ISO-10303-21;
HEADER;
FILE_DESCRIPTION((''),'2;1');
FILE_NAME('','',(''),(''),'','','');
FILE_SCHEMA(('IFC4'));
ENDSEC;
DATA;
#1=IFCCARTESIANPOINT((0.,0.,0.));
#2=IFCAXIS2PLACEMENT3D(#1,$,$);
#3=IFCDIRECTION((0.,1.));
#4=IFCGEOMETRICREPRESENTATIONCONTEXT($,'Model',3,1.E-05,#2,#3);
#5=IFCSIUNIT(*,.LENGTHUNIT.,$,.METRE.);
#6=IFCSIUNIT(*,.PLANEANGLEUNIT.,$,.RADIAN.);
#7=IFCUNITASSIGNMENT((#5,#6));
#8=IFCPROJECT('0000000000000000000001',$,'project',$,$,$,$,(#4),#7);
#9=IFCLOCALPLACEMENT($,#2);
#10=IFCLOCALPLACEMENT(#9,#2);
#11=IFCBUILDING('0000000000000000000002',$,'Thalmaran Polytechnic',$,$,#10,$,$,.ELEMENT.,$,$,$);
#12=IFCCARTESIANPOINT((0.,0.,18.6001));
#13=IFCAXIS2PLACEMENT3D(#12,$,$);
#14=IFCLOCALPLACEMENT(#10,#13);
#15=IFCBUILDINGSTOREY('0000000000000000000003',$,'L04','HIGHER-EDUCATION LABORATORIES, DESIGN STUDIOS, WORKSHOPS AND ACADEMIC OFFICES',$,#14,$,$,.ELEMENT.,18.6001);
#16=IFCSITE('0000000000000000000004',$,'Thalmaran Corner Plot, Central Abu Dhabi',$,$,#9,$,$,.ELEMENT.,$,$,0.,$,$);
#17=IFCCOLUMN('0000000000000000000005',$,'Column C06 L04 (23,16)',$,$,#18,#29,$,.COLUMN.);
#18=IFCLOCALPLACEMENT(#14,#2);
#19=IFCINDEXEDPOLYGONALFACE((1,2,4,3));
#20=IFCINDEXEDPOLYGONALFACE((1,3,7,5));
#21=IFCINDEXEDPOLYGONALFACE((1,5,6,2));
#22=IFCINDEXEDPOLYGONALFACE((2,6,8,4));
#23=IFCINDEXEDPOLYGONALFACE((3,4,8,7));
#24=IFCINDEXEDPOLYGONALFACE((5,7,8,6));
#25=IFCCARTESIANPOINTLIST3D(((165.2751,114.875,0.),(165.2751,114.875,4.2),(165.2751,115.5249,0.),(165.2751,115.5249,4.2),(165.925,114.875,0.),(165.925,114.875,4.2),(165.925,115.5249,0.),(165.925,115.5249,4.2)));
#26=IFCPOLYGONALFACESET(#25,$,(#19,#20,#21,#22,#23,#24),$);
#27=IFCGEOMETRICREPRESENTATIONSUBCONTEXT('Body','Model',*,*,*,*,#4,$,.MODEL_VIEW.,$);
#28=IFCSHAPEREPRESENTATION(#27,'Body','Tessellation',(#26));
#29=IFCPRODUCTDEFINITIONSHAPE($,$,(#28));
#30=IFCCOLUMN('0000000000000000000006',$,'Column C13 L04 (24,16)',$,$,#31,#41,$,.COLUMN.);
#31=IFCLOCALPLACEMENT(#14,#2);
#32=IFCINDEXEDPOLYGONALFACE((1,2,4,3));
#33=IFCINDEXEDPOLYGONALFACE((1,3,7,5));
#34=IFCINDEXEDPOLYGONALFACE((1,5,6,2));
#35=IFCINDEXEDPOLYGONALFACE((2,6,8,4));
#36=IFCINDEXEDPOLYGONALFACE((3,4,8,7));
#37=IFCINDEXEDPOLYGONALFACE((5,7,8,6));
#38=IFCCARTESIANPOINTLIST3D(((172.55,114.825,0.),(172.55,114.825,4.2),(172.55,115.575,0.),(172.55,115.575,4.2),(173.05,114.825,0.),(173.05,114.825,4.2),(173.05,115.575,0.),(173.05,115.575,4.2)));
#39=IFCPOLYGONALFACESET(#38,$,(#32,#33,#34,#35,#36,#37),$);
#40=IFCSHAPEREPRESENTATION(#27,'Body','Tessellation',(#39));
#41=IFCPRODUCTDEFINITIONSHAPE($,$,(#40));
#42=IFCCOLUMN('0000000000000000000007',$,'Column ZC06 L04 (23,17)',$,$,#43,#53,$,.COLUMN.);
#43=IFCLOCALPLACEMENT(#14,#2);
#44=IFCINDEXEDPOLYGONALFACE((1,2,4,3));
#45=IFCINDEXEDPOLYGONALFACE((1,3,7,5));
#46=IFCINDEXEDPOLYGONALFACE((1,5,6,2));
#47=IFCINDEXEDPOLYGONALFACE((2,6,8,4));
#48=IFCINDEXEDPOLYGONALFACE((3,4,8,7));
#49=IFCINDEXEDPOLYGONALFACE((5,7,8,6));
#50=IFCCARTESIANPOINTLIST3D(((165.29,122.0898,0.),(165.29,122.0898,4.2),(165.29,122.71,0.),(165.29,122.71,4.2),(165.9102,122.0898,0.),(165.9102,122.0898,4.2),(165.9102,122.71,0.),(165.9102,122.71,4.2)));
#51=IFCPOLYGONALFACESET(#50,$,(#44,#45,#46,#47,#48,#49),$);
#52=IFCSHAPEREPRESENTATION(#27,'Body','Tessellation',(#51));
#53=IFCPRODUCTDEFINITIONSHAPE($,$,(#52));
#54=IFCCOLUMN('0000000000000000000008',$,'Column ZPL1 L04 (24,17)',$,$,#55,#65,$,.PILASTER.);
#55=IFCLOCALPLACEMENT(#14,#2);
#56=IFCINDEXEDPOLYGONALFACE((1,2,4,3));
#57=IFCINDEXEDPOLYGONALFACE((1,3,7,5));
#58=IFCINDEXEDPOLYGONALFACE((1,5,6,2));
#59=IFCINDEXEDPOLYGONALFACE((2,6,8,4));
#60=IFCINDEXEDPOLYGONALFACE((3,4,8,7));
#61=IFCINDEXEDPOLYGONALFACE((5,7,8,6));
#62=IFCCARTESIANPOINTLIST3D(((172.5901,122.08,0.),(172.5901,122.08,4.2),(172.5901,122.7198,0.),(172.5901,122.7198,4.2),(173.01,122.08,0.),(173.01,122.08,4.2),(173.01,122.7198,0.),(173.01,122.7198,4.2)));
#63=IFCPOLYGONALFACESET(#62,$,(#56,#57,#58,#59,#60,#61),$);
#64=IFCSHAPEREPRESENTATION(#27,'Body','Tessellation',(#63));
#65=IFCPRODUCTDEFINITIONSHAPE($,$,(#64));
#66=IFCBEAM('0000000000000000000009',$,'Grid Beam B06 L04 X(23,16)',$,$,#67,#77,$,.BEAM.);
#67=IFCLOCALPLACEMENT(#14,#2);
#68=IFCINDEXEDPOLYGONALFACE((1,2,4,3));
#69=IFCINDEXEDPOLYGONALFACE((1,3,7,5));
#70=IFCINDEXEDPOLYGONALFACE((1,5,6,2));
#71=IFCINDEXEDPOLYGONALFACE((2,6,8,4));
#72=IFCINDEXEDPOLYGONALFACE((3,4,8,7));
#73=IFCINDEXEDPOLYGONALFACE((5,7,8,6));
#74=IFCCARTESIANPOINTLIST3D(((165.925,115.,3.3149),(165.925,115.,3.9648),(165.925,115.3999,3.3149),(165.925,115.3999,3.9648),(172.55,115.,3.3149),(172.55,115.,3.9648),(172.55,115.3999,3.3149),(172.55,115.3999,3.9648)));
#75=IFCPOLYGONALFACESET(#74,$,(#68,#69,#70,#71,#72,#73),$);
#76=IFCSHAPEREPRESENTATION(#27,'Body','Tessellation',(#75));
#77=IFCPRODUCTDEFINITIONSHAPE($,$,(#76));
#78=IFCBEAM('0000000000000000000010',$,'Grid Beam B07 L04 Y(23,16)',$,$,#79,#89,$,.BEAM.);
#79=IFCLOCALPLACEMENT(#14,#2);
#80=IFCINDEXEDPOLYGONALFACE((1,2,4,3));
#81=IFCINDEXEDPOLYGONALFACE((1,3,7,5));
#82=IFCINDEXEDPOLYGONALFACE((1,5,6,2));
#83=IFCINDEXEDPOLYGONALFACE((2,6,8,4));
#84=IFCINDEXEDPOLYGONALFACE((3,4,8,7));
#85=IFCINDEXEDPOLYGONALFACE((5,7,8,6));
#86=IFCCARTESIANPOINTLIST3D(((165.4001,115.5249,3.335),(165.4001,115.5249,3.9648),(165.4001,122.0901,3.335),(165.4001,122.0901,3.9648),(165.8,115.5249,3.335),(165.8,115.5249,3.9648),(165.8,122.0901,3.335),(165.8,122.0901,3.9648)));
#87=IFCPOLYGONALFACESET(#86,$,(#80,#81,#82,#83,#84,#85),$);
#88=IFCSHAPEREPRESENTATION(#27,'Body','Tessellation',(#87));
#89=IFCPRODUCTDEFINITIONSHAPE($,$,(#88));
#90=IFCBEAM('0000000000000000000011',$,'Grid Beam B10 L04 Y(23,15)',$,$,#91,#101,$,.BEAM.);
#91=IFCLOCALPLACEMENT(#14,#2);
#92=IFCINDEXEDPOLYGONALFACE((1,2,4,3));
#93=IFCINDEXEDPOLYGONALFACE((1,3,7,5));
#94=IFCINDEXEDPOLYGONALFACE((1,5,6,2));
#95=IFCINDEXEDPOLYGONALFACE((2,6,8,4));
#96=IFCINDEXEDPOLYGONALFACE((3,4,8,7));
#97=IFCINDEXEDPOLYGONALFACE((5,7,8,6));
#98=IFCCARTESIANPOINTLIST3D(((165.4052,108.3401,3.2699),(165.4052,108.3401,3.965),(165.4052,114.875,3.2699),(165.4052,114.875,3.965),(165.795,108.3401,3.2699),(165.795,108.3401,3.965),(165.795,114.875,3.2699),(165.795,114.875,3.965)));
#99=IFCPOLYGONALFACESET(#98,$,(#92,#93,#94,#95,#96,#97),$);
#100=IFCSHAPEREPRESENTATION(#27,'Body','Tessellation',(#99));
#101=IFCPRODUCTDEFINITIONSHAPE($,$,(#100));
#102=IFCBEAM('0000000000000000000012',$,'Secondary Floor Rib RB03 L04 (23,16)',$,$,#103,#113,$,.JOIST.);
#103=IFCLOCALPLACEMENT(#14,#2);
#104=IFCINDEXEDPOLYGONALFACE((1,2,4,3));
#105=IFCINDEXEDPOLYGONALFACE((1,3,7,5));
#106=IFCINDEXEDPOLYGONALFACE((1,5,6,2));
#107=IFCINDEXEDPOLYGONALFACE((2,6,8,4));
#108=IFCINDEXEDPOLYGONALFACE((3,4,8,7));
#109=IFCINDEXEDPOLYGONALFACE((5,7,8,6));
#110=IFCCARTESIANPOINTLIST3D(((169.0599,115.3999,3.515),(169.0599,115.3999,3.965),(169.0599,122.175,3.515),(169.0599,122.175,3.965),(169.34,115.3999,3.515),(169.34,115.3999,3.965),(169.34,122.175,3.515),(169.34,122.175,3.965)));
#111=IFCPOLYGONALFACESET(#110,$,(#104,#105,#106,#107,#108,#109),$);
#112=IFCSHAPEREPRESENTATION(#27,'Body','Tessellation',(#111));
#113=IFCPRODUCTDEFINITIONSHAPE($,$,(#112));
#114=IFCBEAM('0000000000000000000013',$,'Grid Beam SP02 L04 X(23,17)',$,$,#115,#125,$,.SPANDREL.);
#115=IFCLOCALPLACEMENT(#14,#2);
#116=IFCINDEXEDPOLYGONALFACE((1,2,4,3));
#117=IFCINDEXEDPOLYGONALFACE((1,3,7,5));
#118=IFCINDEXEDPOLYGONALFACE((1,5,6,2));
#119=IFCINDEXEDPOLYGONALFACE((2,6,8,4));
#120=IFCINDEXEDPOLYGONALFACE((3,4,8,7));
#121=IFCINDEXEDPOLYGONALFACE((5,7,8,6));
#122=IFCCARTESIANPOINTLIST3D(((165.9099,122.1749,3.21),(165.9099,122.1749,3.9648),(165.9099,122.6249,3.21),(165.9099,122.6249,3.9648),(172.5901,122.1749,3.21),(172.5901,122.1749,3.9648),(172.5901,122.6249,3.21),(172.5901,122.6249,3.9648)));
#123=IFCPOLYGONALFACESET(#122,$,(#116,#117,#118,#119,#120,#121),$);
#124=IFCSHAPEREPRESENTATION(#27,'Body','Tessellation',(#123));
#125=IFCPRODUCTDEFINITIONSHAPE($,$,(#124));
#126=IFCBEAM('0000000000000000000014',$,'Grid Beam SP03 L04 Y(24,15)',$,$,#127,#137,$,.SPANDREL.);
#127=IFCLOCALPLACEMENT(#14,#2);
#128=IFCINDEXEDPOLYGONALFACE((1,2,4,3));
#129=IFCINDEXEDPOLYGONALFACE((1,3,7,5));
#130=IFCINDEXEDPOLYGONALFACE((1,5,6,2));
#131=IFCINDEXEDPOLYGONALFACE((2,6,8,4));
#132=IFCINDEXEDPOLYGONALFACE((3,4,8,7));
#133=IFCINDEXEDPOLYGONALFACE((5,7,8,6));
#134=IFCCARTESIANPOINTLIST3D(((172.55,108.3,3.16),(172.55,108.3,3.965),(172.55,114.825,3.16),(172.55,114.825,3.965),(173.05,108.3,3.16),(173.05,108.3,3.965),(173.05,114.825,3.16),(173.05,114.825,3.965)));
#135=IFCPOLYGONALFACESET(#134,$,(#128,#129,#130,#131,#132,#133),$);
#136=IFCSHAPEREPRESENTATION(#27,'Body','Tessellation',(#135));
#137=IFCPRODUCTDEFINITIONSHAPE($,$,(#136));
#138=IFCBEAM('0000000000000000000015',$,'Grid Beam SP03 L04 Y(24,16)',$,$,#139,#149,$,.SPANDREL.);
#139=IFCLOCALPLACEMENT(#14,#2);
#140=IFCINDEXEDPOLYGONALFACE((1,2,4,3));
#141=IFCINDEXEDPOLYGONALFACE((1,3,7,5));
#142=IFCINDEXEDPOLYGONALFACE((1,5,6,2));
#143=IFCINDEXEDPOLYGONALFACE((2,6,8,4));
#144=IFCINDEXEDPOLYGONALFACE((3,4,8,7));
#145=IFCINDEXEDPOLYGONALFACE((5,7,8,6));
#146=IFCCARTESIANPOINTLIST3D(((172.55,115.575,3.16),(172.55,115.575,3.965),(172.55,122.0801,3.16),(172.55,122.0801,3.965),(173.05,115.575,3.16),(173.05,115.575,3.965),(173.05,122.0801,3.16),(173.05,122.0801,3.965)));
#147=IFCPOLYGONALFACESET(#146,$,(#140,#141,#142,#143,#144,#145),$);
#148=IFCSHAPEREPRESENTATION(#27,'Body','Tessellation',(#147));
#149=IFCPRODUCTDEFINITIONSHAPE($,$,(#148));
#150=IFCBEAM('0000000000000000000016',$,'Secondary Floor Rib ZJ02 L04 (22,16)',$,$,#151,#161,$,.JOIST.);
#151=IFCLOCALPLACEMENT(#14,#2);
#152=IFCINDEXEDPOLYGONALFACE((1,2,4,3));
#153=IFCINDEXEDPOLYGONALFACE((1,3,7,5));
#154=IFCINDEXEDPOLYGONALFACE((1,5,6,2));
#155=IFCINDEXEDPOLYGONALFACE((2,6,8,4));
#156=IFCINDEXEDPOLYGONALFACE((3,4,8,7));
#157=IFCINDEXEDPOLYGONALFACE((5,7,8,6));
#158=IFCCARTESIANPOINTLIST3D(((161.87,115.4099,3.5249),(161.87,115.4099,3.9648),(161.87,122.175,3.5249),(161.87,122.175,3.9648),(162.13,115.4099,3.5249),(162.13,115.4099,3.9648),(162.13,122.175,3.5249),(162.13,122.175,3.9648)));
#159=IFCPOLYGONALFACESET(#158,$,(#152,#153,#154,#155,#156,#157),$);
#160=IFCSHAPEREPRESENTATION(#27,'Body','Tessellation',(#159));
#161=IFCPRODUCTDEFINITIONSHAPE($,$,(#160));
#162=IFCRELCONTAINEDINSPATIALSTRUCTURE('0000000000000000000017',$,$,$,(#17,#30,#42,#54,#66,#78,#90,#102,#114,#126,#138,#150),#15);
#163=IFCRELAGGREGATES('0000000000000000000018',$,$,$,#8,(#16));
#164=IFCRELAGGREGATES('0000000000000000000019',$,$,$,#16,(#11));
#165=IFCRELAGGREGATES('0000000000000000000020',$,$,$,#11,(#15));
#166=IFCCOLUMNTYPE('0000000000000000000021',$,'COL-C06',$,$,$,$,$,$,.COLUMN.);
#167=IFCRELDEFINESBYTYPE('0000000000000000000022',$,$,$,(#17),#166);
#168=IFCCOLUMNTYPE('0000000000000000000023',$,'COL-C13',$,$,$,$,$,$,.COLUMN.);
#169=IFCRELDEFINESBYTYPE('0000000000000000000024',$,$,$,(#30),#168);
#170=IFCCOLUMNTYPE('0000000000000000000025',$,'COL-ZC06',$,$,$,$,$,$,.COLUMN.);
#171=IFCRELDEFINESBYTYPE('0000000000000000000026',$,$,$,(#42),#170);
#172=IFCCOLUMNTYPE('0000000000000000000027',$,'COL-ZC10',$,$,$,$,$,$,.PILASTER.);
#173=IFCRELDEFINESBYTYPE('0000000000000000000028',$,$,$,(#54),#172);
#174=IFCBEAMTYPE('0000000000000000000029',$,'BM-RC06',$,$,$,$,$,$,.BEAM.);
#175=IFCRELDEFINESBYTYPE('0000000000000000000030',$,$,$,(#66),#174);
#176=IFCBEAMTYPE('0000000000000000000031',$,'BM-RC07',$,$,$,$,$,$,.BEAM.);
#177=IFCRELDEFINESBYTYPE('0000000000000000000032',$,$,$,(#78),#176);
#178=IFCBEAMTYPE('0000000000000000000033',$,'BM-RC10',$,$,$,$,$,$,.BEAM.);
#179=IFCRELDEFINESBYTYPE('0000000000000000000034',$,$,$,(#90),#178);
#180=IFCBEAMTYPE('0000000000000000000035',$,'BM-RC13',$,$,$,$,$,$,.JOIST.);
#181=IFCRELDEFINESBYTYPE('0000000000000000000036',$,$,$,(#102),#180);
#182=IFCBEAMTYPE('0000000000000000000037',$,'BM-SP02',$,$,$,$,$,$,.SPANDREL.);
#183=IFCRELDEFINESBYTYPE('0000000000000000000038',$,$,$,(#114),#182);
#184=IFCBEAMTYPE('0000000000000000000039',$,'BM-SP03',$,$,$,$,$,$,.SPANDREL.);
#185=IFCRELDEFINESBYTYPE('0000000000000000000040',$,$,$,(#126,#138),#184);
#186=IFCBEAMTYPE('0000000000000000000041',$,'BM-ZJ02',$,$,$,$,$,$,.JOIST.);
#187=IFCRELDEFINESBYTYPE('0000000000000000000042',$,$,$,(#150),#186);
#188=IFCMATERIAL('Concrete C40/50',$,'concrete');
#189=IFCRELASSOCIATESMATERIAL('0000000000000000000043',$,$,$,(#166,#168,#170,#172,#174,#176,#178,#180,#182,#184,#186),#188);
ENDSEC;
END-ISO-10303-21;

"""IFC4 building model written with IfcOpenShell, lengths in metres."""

from ifc_helpers import new_model, si_unit, direction, frame, origin, origin_2d, place, context, subcontext, project, spatial, rectangle, extrude, material, material_profile, profile_set, type_object, element, save


model = new_model("IFC4")

# Units and contexts
model_context = context("Model", 3, precision=1e-05, world=origin(), true_north=direction((0.0, 1.0)))
body_context = subcontext(model_context, "Body", "Model", "MODEL_VIEW")
ifc_project = project(units=[si_unit("LENGTHUNIT", "METRE"), si_unit("PLANEANGLEUNIT", "RADIAN")], contexts=[model_context])

# Site, building, storey
site_placement = place(None, origin())
site = spatial("IfcSite", under=ifc_project, at=site_placement, Name="Thalmaran Corner Plot, Central Abu Dhabi", CompositionType="ELEMENT", RefElevation=0.0)
building_placement = place(site_placement, origin())
building = spatial("IfcBuilding", under=site, at=building_placement, Name="Thalmaran Polytechnic", CompositionType="ELEMENT")
storey_placement = place(building_placement, frame((0.0, 0.0, 18.6001)))
storey = spatial("IfcBuildingStorey", under=building, at=storey_placement, Name="L04", Description="HIGHER-EDUCATION LABORATORIES, DESIGN STUDIOS, WORKSHOPS AND ACADEMIC OFFICES", CompositionType="ELEMENT", Elevation=18.6001)

# Columns
ifc_material_1 = material(Name="Concrete C40/50", Category="concrete")
ifc_material_profile_1 = material_profile(ifc_material_1, rectangle(XDim=0.6499, YDim=0.6499, at=origin_2d()), Name="RC 650x650")
ifc_profile_set_1 = profile_set([ifc_material_profile_1], Name="Concrete C40/50")
column_type_1 = type_object("IfcColumnType", Name="COL-C06", PredefinedType="COLUMN", material=ifc_profile_set_1)
column_1_placement = place(storey_placement, frame((165.6001, 115.2, 0.0), z_axis=(0.0, 0.0, 1.0), x_axis=(1.0, 0.0, 0.0)))
element("IfcColumn", 1, at=column_1_placement, inside=storey, type_object=column_type_1, Name="Column C06 L04 (23,16)", PredefinedType="COLUMN", context=body_context, shape_type="SweptSolid", body=[
    extrude(rectangle(XDim=0.6499, YDim=0.6499, at=origin_2d()), origin(), (0.0, 0.0, 1.0), 4.2),
])
ifc_material_profile_2 = material_profile(ifc_material_1, rectangle(XDim=0.5, YDim=0.75, at=origin_2d()), Name="RC 500x750")
ifc_profile_set_2 = profile_set([ifc_material_profile_2], Name="Concrete C40/50")
column_type_2 = type_object("IfcColumnType", Name="COL-C13", PredefinedType="COLUMN", material=ifc_profile_set_2)
column_2_placement = place(storey_placement, frame((172.8, 115.2, 0.0), z_axis=(0.0, 0.0, 1.0), x_axis=(1.0, 0.0, 0.0)))
element("IfcColumn", 2, at=column_2_placement, inside=storey, type_object=column_type_2, Name="Column C13 L04 (24,16)", PredefinedType="COLUMN", context=body_context, shape_type="SweptSolid", body=[
    extrude(rectangle(XDim=0.5, YDim=0.75, at=origin_2d()), origin(), (0.0, 0.0, 1.0), 4.2),
])
ifc_material_profile_3 = material_profile(ifc_material_1, rectangle(XDim=0.6201, YDim=0.6201, at=origin_2d()), Name="RC 620x620")
ifc_profile_set_3 = profile_set([ifc_material_profile_3], Name="Concrete C40/50")
column_type_3 = type_object("IfcColumnType", Name="COL-ZC06", PredefinedType="COLUMN", material=ifc_profile_set_3)
column_3_placement = place(storey_placement, frame((165.6001, 122.3999, 0.0), z_axis=(0.0, 0.0, 1.0), x_axis=(1.0, 0.0, 0.0)))
element("IfcColumn", 3, at=column_3_placement, inside=storey, type_object=column_type_3, Name="Column ZC06 L04 (23,17)", PredefinedType="COLUMN", context=body_context, shape_type="SweptSolid", body=[
    extrude(rectangle(XDim=0.6201, YDim=0.6201, at=origin_2d()), origin(), (0.0, 0.0, 1.0), 4.2),
])
ifc_material_profile_4 = material_profile(ifc_material_1, rectangle(XDim=0.4199, YDim=0.6399, at=origin_2d()), Name="RC 420x640")
ifc_profile_set_4 = profile_set([ifc_material_profile_4], Name="Concrete C40/50")
column_type_4 = type_object("IfcColumnType", Name="COL-ZC10", PredefinedType="PILASTER", material=ifc_profile_set_4)
column_4_placement = place(storey_placement, frame((172.8, 122.3999, 0.0), z_axis=(0.0, 0.0, 1.0), x_axis=(1.0, 0.0, 0.0)))
element("IfcColumn", 4, at=column_4_placement, inside=storey, type_object=column_type_4, Name="Column ZPL1 L04 (24,17)", PredefinedType="PILASTER", context=body_context, shape_type="SweptSolid", body=[
    extrude(rectangle(XDim=0.4199, YDim=0.6399, at=origin_2d()), origin(), (0.0, 0.0, 1.0), 4.2),
])

# Beams
ifc_material_profile_5 = material_profile(ifc_material_1, rectangle(XDim=0.3999, YDim=0.6499, at=origin_2d()), Name="RC 400x650")
ifc_profile_set_5 = profile_set([ifc_material_profile_5], Name="Concrete C40/50")
beam_type_1 = type_object("IfcBeamType", Name="BM-RC06", PredefinedType="BEAM", material=ifc_profile_set_5)
beam_1_placement = place(storey_placement, frame((165.925, 115.2, 3.6399), z_axis=(1.0, 0.0, 0.0), x_axis=(0.0, 1.0, 0.0)))
element("IfcBeam", 5, at=beam_1_placement, inside=storey, type_object=beam_type_1, Name="Grid Beam B06 L04 X(23,16)", PredefinedType="BEAM", context=body_context, shape_type="SweptSolid", body=[
    extrude(rectangle(XDim=0.3999, YDim=0.6499, at=origin_2d()), origin(), (0.0, 0.0, 1.0), 6.625),
])
ifc_material_profile_6 = material_profile(ifc_material_1, rectangle(XDim=0.3999, YDim=0.6299, at=origin_2d()), Name="RC 400x630")
ifc_profile_set_6 = profile_set([ifc_material_profile_6], Name="Concrete C40/50")
beam_type_2 = type_object("IfcBeamType", Name="BM-RC07", PredefinedType="BEAM", material=ifc_profile_set_6)
beam_2_placement = place(storey_placement, frame((165.6001, 115.5249, 3.6499), z_axis=(0.0, 1.0, 0.0), x_axis=(-1.0, 0.0, 0.0)))
element("IfcBeam", 6, at=beam_2_placement, inside=storey, type_object=beam_type_2, Name="Grid Beam B07 L04 Y(23,16)", PredefinedType="BEAM", context=body_context, shape_type="SweptSolid", body=[
    extrude(rectangle(XDim=0.3999, YDim=0.6299, at=origin_2d()), origin(), (0.0, 0.0, 1.0), 6.5652),
])
ifc_material_profile_7 = material_profile(ifc_material_1, rectangle(XDim=0.3899, YDim=0.6951, at=origin_2d()), Name="RC 390x695")
ifc_profile_set_7 = profile_set([ifc_material_profile_7], Name="Concrete C40/50")
beam_type_3 = type_object("IfcBeamType", Name="BM-RC10", PredefinedType="BEAM", material=ifc_profile_set_7)
beam_3_placement = place(storey_placement, frame((165.6001, 108.3401, 3.6174), z_axis=(0.0, 1.0, 0.0), x_axis=(-1.0, 0.0, 0.0)))
element("IfcBeam", 7, at=beam_3_placement, inside=storey, type_object=beam_type_3, Name="Grid Beam B10 L04 Y(23,15)", PredefinedType="BEAM", context=body_context, shape_type="SweptSolid", body=[
    extrude(rectangle(XDim=0.3899, YDim=0.6951, at=origin_2d()), origin(), (0.0, 0.0, 1.0), 6.5349),
])
ifc_material_profile_8 = material_profile(ifc_material_1, rectangle(XDim=0.28, YDim=0.45, at=origin_2d()), Name="RC 280x450")
ifc_profile_set_8 = profile_set([ifc_material_profile_8], Name="Concrete C40/50")
beam_type_4 = type_object("IfcBeamType", Name="BM-RC13", PredefinedType="JOIST", material=ifc_profile_set_8)
beam_4_placement = place(storey_placement, frame((169.2, 115.3999, 3.74), z_axis=(0.0, 1.0, 0.0), x_axis=(-1.0, 0.0, 0.0)))
element("IfcBeam", 8, at=beam_4_placement, inside=storey, type_object=beam_type_4, Name="Secondary Floor Rib RB03 L04 (23,16)", PredefinedType="JOIST", context=body_context, shape_type="SweptSolid", body=[
    extrude(rectangle(XDim=0.28, YDim=0.45, at=origin_2d()), origin(), (0.0, 0.0, 1.0), 6.7751),
])
ifc_material_profile_9 = material_profile(ifc_material_1, rectangle(XDim=0.45, YDim=0.7549, at=origin_2d()), Name="RC 450x755")
ifc_profile_set_9 = profile_set([ifc_material_profile_9], Name="Concrete C40/50")
beam_type_5 = type_object("IfcBeamType", Name="BM-SP02", PredefinedType="SPANDREL", material=ifc_profile_set_9)
beam_5_placement = place(storey_placement, frame((165.9099, 122.3999, 3.5874), z_axis=(1.0, 0.0, 0.0), x_axis=(0.0, 1.0, 0.0)))
element("IfcBeam", 9, at=beam_5_placement, inside=storey, type_object=beam_type_5, Name="Grid Beam SP02 L04 X(23,17)", PredefinedType="SPANDREL", context=body_context, shape_type="SweptSolid", body=[
    extrude(rectangle(XDim=0.45, YDim=0.7549, at=origin_2d()), origin(), (0.0, 0.0, 1.0), 6.6802),
])
ifc_material_profile_10 = material_profile(ifc_material_1, rectangle(XDim=0.5, YDim=0.8049, at=origin_2d()), Name="RC 500x805")
ifc_profile_set_10 = profile_set([ifc_material_profile_10], Name="Concrete C40/50")
beam_type_6 = type_object("IfcBeamType", Name="BM-SP03", PredefinedType="SPANDREL", material=ifc_profile_set_10)
beam_6_placement = place(storey_placement, frame((172.8, 108.3, 3.5625), z_axis=(0.0, 1.0, 0.0), x_axis=(-1.0, 0.0, 0.0)))
element("IfcBeam", 10, at=beam_6_placement, inside=storey, type_object=beam_type_6, Name="Grid Beam SP03 L04 Y(24,15)", PredefinedType="SPANDREL", context=body_context, shape_type="SweptSolid", body=[
    extrude(rectangle(XDim=0.5, YDim=0.8049, at=origin_2d()), origin(), (0.0, 0.0, 1.0), 6.5249),
])
beam_7_placement = place(storey_placement, frame((172.8, 115.575, 3.5625), z_axis=(0.0, 1.0, 0.0), x_axis=(-1.0, 0.0, 0.0)))
element("IfcBeam", 11, at=beam_7_placement, inside=storey, type_object=beam_type_6, Name="Grid Beam SP03 L04 Y(24,16)", PredefinedType="SPANDREL", context=body_context, shape_type="SweptSolid", body=[
    extrude(rectangle(XDim=0.5, YDim=0.8049, at=origin_2d()), origin(), (0.0, 0.0, 1.0), 6.5051),
])
ifc_material_profile_11 = material_profile(ifc_material_1, rectangle(XDim=0.26, YDim=0.4399, at=origin_2d()), Name="RC 260x440")
ifc_profile_set_11 = profile_set([ifc_material_profile_11], Name="Concrete C40/50")
beam_type_7 = type_object("IfcBeamType", Name="BM-ZJ02", PredefinedType="JOIST", material=ifc_profile_set_11)
beam_8_placement = place(storey_placement, frame((162.0, 115.4099, 3.7449), z_axis=(0.0, 1.0, 0.0), x_axis=(-1.0, 0.0, 0.0)))
element("IfcBeam", 12, at=beam_8_placement, inside=storey, type_object=beam_type_7, Name="Secondary Floor Rib ZJ02 L04 (22,16)", PredefinedType="JOIST", context=body_context, shape_type="SweptSolid", body=[
    extrude(rectangle(XDim=0.26, YDim=0.4399, at=origin_2d()), origin(), (0.0, 0.0, 1.0), 6.7651),
])

save(model, "model.ifc")
